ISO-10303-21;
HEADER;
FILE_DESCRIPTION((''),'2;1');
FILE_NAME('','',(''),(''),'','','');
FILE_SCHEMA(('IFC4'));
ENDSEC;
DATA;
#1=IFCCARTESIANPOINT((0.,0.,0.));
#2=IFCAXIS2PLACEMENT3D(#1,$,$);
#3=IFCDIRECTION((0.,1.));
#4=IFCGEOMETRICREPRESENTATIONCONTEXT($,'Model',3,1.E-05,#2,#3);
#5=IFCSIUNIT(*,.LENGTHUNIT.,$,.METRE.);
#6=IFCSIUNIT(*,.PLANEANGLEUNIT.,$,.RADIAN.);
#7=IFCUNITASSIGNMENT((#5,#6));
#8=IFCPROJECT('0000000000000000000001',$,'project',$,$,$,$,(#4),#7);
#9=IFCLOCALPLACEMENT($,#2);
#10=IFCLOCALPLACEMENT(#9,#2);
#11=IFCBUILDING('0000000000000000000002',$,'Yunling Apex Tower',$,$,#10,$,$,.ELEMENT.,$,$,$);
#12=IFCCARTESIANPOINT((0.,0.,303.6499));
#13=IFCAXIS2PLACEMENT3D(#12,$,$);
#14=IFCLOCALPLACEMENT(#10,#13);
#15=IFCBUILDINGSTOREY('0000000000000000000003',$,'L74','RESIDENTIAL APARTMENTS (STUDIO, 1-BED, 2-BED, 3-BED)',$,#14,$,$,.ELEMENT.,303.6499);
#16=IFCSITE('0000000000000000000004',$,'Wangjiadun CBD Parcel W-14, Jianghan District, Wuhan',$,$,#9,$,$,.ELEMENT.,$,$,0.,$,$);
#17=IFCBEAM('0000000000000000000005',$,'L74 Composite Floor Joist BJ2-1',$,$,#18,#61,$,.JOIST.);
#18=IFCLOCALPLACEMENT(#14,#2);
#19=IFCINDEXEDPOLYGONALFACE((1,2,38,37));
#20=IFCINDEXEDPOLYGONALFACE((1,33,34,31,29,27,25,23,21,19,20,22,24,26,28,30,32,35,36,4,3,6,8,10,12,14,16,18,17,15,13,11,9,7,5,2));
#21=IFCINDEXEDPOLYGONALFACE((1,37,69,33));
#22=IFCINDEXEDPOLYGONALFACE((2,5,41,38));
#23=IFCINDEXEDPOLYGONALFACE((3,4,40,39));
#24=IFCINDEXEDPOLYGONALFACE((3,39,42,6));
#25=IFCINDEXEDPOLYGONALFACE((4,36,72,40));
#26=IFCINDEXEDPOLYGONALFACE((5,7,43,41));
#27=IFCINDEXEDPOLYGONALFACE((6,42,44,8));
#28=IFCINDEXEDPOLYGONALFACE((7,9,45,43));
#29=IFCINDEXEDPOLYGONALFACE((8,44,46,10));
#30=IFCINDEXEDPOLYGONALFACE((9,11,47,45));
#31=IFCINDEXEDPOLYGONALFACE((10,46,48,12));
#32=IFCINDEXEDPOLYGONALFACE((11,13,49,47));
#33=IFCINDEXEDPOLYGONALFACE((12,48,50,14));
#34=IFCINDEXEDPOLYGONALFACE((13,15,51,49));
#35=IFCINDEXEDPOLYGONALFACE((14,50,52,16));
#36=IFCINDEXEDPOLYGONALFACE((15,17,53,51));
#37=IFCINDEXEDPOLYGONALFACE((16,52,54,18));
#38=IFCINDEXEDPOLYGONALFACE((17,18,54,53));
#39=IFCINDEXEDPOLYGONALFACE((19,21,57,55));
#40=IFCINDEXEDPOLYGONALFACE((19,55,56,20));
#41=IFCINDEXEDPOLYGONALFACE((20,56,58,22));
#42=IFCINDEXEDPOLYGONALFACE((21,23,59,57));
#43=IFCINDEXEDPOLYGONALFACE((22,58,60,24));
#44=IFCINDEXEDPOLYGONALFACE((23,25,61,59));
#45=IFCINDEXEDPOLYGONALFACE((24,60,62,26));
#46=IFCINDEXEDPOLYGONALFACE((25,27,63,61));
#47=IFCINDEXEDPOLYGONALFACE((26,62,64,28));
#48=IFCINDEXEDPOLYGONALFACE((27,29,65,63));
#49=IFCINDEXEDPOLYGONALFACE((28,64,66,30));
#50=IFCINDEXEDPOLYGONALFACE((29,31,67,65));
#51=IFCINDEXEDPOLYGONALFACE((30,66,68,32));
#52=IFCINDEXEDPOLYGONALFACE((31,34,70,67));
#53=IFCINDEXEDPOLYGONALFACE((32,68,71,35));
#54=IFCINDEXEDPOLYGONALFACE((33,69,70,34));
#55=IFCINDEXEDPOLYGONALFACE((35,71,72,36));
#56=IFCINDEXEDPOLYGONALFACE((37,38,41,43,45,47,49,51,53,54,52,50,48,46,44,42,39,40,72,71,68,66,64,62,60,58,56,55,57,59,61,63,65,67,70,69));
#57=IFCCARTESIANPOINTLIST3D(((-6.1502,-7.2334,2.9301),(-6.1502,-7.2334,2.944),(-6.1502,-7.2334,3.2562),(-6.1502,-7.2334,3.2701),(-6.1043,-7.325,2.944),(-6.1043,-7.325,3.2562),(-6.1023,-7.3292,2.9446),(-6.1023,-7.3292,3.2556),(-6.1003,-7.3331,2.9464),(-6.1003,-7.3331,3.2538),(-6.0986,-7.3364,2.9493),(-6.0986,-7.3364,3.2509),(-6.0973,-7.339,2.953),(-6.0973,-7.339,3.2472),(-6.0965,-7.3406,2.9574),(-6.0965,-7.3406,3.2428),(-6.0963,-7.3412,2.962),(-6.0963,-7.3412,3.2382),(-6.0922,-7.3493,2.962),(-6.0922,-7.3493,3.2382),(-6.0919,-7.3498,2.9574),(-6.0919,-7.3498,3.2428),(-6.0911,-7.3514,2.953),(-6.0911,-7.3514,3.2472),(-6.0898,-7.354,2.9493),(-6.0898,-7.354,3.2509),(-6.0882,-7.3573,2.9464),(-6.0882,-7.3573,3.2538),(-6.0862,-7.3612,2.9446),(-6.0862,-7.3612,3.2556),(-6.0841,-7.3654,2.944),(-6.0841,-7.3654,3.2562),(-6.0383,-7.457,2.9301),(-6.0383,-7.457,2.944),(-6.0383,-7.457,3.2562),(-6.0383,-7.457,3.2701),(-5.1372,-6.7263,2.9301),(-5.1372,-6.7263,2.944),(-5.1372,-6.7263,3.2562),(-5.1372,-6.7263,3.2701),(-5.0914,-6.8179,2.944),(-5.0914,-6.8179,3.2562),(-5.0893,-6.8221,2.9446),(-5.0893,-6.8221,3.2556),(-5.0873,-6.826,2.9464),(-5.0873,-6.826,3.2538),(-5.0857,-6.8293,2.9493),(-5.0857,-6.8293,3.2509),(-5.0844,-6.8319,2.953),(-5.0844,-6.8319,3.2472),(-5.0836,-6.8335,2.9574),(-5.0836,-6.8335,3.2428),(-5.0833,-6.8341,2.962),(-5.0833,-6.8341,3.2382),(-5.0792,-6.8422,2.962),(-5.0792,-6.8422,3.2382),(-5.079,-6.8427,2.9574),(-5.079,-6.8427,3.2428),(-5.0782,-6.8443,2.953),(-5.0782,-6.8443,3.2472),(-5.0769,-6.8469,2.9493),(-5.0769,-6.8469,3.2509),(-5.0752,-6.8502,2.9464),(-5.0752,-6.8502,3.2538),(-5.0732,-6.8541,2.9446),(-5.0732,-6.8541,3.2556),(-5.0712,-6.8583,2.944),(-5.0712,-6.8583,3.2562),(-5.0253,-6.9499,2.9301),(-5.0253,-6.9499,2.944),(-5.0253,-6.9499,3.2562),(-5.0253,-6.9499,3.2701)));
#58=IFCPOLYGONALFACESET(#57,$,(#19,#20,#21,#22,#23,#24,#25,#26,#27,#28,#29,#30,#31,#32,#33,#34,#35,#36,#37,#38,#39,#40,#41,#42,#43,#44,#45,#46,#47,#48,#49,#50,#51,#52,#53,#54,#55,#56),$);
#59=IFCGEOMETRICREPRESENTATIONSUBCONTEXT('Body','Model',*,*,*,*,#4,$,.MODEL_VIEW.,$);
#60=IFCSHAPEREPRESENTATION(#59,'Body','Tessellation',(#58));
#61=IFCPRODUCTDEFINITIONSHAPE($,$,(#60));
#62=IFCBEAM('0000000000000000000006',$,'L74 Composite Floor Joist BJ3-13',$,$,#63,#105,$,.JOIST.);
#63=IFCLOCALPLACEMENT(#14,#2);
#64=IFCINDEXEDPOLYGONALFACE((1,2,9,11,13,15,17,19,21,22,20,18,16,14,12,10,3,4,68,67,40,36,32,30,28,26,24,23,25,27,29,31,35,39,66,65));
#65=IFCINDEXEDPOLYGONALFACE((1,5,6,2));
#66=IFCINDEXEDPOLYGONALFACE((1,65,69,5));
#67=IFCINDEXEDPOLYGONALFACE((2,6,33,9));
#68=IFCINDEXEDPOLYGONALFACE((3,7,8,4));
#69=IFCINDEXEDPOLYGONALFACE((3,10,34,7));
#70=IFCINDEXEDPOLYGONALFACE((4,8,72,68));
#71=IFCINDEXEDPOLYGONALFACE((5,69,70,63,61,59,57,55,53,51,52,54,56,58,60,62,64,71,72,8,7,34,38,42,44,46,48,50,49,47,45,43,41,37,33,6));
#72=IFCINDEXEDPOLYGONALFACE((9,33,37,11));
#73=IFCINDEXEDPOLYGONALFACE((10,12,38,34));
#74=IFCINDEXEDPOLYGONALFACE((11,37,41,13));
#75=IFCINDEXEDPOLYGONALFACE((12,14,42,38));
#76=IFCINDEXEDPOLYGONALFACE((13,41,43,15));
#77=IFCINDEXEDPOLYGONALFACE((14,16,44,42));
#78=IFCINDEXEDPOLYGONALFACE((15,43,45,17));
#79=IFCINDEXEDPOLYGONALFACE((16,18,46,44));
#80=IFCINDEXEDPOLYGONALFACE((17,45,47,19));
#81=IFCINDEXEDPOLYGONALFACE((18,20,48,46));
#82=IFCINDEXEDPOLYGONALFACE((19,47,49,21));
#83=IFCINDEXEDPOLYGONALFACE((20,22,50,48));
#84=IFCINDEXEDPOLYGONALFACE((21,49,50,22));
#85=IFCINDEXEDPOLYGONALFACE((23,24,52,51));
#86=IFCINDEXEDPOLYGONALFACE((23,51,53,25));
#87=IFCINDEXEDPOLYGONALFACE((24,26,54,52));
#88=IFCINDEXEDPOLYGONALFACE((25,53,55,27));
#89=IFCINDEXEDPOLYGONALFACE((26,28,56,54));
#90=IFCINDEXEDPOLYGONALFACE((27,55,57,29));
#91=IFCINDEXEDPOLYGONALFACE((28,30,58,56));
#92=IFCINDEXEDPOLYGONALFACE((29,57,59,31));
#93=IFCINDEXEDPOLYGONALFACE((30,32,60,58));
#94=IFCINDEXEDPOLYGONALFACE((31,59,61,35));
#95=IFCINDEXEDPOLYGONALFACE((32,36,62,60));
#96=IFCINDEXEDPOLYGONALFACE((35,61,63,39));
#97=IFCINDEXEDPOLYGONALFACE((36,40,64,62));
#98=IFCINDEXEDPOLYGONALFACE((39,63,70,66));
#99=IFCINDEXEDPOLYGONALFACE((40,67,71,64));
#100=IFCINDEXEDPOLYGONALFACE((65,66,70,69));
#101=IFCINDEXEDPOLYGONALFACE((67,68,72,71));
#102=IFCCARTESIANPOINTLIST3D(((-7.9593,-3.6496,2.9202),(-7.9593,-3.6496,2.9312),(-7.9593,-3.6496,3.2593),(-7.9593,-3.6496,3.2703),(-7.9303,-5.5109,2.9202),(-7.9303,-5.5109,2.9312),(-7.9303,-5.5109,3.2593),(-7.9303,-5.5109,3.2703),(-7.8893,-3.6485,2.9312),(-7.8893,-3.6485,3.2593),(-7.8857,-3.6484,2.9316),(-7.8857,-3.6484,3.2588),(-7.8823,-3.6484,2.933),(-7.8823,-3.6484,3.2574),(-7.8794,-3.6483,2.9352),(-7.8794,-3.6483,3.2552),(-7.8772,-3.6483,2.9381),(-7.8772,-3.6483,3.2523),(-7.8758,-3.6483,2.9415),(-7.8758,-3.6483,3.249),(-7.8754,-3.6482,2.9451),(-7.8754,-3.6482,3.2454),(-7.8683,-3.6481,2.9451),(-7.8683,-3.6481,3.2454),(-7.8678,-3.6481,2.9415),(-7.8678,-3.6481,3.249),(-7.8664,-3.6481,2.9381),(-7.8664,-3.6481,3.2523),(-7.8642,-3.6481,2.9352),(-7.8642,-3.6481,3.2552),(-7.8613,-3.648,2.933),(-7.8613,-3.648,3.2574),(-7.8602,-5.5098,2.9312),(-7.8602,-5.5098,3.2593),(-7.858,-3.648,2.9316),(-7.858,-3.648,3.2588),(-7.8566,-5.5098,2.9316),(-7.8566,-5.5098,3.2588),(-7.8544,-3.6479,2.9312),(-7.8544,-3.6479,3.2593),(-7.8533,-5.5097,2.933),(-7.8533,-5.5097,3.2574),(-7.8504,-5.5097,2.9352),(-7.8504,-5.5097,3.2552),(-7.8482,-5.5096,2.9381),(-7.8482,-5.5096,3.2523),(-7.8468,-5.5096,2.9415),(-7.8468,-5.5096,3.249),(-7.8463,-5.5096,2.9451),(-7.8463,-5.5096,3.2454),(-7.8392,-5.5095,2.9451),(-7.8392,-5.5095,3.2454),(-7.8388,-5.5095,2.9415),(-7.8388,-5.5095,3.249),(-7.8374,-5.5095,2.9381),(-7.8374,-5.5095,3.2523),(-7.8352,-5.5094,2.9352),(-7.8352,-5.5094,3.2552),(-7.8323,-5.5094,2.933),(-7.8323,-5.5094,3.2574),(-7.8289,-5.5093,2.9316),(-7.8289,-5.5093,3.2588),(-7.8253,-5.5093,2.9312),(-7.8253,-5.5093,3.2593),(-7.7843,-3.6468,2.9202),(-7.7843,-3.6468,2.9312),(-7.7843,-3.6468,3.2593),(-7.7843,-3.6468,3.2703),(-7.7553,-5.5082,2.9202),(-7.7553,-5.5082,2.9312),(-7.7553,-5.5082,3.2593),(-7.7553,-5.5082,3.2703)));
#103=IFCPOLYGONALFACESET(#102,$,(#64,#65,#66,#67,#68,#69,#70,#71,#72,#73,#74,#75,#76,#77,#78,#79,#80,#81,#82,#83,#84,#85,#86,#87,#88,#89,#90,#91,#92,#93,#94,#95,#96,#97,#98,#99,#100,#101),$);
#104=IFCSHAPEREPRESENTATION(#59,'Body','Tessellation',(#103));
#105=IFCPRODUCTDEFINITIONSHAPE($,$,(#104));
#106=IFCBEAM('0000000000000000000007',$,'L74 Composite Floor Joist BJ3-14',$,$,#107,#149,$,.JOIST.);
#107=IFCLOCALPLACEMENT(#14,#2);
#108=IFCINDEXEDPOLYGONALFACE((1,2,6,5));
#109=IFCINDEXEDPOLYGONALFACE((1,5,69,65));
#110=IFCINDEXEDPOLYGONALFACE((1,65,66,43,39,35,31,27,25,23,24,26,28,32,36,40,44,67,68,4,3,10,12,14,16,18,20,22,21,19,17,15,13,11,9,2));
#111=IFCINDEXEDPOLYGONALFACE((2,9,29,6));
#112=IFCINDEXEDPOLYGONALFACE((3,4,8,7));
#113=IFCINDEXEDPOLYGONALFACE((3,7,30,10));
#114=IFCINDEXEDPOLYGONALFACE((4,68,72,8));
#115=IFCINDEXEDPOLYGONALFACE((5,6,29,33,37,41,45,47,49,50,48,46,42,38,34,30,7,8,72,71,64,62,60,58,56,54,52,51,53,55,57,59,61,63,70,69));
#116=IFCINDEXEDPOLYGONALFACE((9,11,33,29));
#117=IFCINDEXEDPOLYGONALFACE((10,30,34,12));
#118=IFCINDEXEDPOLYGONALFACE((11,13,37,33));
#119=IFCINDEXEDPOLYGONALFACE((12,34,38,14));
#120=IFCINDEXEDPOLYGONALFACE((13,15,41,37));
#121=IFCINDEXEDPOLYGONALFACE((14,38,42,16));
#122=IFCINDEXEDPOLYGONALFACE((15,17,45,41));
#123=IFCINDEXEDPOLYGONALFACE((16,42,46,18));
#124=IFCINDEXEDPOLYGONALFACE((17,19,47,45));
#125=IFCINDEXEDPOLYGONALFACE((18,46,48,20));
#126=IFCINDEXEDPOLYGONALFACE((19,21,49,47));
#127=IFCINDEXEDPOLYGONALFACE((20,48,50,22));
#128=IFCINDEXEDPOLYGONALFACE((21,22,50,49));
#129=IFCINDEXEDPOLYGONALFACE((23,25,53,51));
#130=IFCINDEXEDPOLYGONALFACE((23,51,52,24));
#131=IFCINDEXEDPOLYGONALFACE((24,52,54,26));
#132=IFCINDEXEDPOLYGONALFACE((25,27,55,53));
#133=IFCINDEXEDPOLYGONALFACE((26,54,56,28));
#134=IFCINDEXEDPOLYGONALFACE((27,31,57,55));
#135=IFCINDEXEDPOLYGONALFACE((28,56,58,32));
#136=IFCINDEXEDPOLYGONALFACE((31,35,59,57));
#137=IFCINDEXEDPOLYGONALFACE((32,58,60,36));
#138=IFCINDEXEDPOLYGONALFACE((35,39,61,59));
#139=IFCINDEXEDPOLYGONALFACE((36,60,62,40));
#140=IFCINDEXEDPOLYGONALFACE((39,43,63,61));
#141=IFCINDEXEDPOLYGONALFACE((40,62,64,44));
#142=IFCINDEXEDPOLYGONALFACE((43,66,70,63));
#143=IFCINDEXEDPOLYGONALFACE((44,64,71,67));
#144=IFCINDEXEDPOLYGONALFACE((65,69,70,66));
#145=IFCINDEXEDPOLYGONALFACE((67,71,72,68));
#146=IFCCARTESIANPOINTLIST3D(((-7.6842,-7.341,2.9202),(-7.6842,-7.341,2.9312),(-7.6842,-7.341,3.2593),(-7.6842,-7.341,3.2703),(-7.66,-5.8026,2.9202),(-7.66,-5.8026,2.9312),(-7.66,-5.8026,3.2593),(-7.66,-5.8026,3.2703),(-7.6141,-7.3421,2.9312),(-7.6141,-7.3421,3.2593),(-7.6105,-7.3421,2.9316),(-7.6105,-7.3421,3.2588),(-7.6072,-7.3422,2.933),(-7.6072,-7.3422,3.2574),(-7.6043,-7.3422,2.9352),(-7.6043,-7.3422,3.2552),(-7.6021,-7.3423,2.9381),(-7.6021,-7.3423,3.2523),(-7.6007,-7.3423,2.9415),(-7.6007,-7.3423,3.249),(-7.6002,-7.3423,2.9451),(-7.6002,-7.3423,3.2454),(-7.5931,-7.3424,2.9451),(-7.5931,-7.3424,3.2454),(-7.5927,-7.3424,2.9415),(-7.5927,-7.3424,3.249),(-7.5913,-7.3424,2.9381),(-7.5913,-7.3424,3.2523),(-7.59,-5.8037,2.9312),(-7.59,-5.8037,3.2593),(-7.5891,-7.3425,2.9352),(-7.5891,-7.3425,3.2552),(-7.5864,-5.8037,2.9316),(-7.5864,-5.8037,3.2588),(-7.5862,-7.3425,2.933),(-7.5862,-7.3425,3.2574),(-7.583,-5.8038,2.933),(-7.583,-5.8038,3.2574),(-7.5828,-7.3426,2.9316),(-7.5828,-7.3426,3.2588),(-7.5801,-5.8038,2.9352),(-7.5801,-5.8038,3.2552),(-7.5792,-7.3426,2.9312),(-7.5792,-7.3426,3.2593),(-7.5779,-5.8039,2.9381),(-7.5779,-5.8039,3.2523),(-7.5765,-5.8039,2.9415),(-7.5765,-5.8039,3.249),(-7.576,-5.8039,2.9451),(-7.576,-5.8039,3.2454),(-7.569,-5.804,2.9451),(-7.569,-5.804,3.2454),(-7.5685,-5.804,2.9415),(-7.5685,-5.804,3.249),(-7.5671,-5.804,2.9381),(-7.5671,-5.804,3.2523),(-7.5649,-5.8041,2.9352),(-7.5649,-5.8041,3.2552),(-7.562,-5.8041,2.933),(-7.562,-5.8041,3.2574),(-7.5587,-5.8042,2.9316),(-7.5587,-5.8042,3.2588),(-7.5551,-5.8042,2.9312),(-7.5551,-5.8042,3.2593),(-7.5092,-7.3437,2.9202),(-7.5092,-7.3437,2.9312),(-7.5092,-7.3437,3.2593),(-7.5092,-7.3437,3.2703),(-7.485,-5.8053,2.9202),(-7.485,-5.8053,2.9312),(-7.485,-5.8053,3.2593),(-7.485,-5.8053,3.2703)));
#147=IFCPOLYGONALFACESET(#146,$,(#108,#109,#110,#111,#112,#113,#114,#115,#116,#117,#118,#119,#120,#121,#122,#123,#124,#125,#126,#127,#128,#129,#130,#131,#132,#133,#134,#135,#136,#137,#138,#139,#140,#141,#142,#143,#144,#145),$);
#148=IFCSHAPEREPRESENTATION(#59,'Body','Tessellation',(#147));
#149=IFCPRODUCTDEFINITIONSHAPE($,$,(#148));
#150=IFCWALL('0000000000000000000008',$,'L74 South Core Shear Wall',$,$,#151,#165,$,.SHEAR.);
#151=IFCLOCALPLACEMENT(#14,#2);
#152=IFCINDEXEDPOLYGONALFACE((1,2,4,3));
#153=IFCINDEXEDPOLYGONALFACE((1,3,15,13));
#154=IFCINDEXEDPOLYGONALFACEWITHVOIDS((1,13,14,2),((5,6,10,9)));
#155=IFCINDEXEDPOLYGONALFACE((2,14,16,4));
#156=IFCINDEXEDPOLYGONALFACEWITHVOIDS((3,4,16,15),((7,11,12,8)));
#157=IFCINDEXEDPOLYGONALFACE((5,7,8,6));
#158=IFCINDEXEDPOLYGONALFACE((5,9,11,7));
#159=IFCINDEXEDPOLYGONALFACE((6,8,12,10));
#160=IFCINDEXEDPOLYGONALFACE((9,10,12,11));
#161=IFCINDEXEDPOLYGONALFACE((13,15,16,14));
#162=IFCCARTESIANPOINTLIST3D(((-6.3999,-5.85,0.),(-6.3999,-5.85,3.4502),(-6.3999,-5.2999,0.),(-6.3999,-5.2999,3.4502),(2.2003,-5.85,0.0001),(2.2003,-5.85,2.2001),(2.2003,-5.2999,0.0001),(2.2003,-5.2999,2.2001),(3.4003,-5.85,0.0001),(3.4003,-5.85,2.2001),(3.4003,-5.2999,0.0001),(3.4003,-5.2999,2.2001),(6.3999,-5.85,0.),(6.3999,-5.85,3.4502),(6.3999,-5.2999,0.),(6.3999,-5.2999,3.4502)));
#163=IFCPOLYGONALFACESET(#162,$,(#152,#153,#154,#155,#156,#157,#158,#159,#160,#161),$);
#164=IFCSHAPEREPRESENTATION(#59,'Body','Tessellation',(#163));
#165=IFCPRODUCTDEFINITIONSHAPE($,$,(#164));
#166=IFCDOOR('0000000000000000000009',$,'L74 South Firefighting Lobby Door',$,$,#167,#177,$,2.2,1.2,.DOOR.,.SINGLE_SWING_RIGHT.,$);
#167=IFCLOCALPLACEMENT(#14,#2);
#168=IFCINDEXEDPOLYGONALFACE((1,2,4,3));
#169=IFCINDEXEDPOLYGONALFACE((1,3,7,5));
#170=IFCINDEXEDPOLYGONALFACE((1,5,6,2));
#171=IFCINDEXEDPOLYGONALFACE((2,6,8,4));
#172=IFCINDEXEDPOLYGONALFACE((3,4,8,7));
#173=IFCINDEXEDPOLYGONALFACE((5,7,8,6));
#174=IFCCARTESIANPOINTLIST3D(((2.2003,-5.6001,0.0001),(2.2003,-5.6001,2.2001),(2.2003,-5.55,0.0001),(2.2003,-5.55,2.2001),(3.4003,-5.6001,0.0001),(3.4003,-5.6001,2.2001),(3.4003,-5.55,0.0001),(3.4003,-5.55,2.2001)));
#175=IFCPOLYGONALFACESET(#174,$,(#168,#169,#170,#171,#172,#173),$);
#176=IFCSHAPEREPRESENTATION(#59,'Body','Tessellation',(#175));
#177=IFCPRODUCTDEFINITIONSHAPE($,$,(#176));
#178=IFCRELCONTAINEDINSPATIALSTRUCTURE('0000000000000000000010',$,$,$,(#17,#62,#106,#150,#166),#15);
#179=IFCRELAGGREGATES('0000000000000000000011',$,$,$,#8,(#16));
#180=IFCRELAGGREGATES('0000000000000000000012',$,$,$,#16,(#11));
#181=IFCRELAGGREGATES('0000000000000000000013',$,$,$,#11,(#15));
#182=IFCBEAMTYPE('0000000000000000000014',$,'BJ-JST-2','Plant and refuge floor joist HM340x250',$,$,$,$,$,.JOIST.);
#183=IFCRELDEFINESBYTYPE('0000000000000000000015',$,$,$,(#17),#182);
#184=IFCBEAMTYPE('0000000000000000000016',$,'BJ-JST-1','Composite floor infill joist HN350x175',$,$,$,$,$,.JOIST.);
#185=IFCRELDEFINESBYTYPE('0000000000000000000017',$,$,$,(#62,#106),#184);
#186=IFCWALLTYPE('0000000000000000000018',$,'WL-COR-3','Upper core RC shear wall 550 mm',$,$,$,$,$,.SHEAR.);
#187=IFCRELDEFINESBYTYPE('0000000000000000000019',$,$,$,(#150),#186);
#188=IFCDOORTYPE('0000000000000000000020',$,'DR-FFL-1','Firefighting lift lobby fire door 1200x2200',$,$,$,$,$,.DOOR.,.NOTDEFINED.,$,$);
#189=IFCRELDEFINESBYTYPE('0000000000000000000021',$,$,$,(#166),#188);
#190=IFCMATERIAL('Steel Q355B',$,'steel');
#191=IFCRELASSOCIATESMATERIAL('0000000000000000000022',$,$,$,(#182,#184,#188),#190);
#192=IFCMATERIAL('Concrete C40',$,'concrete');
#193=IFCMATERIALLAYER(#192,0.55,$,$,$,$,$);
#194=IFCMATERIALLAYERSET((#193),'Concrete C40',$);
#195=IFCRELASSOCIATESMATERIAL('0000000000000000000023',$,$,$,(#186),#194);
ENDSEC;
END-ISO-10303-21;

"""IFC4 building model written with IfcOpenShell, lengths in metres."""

from ifc_helpers import new_model, si_unit, direction, frame, frame_2d, origin, origin_2d, place, context, subcontext, project, spatial, rectangle, i_section, extrude, source, transform, mapped, material, layer, layer_set, material_profile, profile_set, type_object, element, fill, save


model = new_model("IFC4")

# Units and contexts
model_context = context("Model", 3, precision=1e-05, world=origin(), true_north=direction((0.0, 1.0)))
body_context = subcontext(model_context, "Body", "Model", "MODEL_VIEW")
ifc_project = project(units=[si_unit("LENGTHUNIT", "METRE"), si_unit("PLANEANGLEUNIT", "RADIAN")], contexts=[model_context])

# Site, building, storey
site_placement = place(None, origin())
site = spatial("IfcSite", under=ifc_project, at=site_placement, Name="Wangjiadun CBD Parcel W-14, Jianghan District, Wuhan", CompositionType="ELEMENT", RefElevation=0.0)
building_placement = place(site_placement, origin())
building = spatial("IfcBuilding", under=site, at=building_placement, Name="Yunling Apex Tower", CompositionType="ELEMENT")
storey_placement = place(building_placement, frame((0.0, 0.0, 303.6499)))
storey = spatial("IfcBuildingStorey", under=building, at=storey_placement, Name="L74", Description="RESIDENTIAL APARTMENTS (STUDIO, 1-BED, 2-BED, 3-BED)", CompositionType="ELEMENT", Elevation=303.6499)

# Beams
ifc_material_1 = material(Name="Steel Q355B", Category="steel")
ifc_material_2 = material(Name="Concrete C40", Category="concrete")
ifc_material_profile_1 = material_profile(ifc_material_1, i_section(OverallWidth=0.25, OverallDepth=0.3401, WebThickness=0.009, FlangeThickness=0.0139, FilletRadius=0.0181, at=origin_2d()))
ifc_profile_set_1 = profile_set([ifc_material_profile_1], Name="Steel Q355B")
beam_type_1 = type_object("IfcBeamType", Name="BJ-JST-2", Description="Plant and refuge floor joist HM340x250", PredefinedType="JOIST", material=ifc_profile_set_1)
shared_shape_1 = source(origin(), body_context, "Body", "SweptSolid", [
    extrude(i_section(OverallWidth=0.25, OverallDepth=0.3401, WebThickness=0.009, FlangeThickness=0.0139, FilletRadius=0.0181, at=origin_2d()), origin(), (0.0, 0.0, 1.0), 1.1328),
])
beam_1_placement = place(storey_placement, frame((-6.0942, -7.3452, 3.1001), z_axis=(0.894212, 0.447645, 0.0), x_axis=(-0.447645, 0.894212, 0.0)))
element("IfcBeam", 1, at=beam_1_placement, inside=storey, type_object=beam_type_1, Name="L74 Composite Floor Joist BJ2-1", PredefinedType="JOIST", context=body_context, shape_type="MappedRepresentation", body=[
    mapped(shared_shape_1, transform((0.0, 0.0, 0.0), scale=1.0)),
])
ifc_material_profile_2 = material_profile(ifc_material_1, i_section(OverallWidth=0.175, OverallDepth=0.3501, WebThickness=0.0071, FlangeThickness=0.011, FilletRadius=0.0139, at=origin_2d()))
ifc_profile_set_2 = profile_set([ifc_material_profile_2], Name="Steel Q355B")
beam_type_2 = type_object("IfcBeamType", Name="BJ-JST-1", Description="Composite floor infill joist HN350x175", PredefinedType="JOIST", material=ifc_profile_set_2)
shared_shape_2 = source(origin(), body_context, "Body", "SweptSolid", [
    extrude(i_section(OverallWidth=0.175, OverallDepth=0.3501, WebThickness=0.0071, FlangeThickness=0.011, FilletRadius=0.0139, at=origin_2d()), origin(), (0.0, 0.0, 1.0), 1.8616),
])
beam_2_placement = place(storey_placement, frame((-7.8718, -3.6482, 3.0952), z_axis=(0.015607, -0.999878, 0.0), x_axis=(0.999878, 0.015607, 0.0)))
element("IfcBeam", 2, at=beam_2_placement, inside=storey, type_object=beam_type_2, Name="L74 Composite Floor Joist BJ3-13", PredefinedType="JOIST", context=body_context, shape_type="MappedRepresentation", body=[
    mapped(shared_shape_2, transform((0.0, 0.0, 0.0), scale=1.0)),
])
shared_shape_3 = source(origin(), body_context, "Body", "SweptSolid", [
    extrude(i_section(OverallWidth=0.175, OverallDepth=0.3501, WebThickness=0.0071, FlangeThickness=0.011, FilletRadius=0.0139, at=origin_2d()), origin(), (0.0, 0.0, 1.0), 1.5386),
])
beam_3_placement = place(storey_placement, frame((-7.5725, -5.804, 3.0952), z_axis=(-0.01571, -0.999877, 0.0), x_axis=(0.999877, -0.01571, 0.0)))
element("IfcBeam", 3, at=beam_3_placement, inside=storey, type_object=beam_type_2, Name="L74 Composite Floor Joist BJ3-14", PredefinedType="JOIST", context=body_context, shape_type="MappedRepresentation", body=[
    mapped(shared_shape_3, transform((0.0, 0.0, 0.0), scale=1.0)),
])

# Wall, opening, door
ifc_layer_1 = layer(ifc_material_2, 0.55)
ifc_layer_set_1 = layer_set([ifc_layer_1], Name="Concrete C40")
wall_type_1 = type_object("IfcWallType", Name="WL-COR-3", Description="Upper core RC shear wall 550 mm", PredefinedType="SHEAR", material=ifc_layer_set_1)
wall_1_placement = place(storey_placement, frame((-6.3999, -5.575, 0.0), z_axis=(0.0, 0.0, 1.0), x_axis=(1.0, 0.0, 0.0)))
wall_1 = element("IfcWall", 4, at=wall_1_placement, inside=storey, type_object=wall_type_1, Name="L74 South Core Shear Wall", PredefinedType="SHEAR", context=body_context, shape_type="SweptSolid", body=[
    extrude(rectangle(XDim=12.7998, YDim=0.55, at=frame_2d((6.3999, 0.0))), origin(), (0.0, 0.0, 1.0), 3.4502),
])
opening_1_placement = place(wall_1_placement, frame((8.6001, 0.0, 0.0)))
opening_1 = element("IfcOpeningElement", 5, at=opening_1_placement, cuts=wall_1, PredefinedType="OPENING", context=body_context, shape_type="SweptSolid", body=[
    extrude(rectangle(XDim=1.2, YDim=2.2, at=frame_2d((0.6001, 1.1001))), frame((0.0, 0.2852, 0.0), z_axis=(0.0, -1.0, 0.0), x_axis=(1.0, 0.0, 0.0)), (0.0, 0.0, 1.0), 0.5701),
])
door_type_1 = type_object("IfcDoorType", Name="DR-FFL-1", Description="Firefighting lift lobby fire door 1200x2200", OperationType="NOTDEFINED", PredefinedType="DOOR", material=ifc_material_1)
door_1_placement = place(opening_1_placement, origin())
door_1 = element("IfcDoor", 6, at=door_1_placement, inside=storey, type_object=door_type_1, Name="L74 South Firefighting Lobby Door", OperationType="SINGLE_SWING_RIGHT", OverallHeight=2.2, OverallWidth=1.2, PredefinedType="DOOR", context=body_context, shape_type="SweptSolid", body=[
    extrude(rectangle(XDim=1.2, YDim=2.2, at=frame_2d((0.6001, 1.1001))), frame((0.0, 0.0249, 0.0), z_axis=(0.0, -1.0, 0.0), x_axis=(1.0, 0.0, 0.0)), (0.0, 0.0, 1.0), 0.05),
])
fill(opening_1, door_1)

save(model, "model.ifc")
